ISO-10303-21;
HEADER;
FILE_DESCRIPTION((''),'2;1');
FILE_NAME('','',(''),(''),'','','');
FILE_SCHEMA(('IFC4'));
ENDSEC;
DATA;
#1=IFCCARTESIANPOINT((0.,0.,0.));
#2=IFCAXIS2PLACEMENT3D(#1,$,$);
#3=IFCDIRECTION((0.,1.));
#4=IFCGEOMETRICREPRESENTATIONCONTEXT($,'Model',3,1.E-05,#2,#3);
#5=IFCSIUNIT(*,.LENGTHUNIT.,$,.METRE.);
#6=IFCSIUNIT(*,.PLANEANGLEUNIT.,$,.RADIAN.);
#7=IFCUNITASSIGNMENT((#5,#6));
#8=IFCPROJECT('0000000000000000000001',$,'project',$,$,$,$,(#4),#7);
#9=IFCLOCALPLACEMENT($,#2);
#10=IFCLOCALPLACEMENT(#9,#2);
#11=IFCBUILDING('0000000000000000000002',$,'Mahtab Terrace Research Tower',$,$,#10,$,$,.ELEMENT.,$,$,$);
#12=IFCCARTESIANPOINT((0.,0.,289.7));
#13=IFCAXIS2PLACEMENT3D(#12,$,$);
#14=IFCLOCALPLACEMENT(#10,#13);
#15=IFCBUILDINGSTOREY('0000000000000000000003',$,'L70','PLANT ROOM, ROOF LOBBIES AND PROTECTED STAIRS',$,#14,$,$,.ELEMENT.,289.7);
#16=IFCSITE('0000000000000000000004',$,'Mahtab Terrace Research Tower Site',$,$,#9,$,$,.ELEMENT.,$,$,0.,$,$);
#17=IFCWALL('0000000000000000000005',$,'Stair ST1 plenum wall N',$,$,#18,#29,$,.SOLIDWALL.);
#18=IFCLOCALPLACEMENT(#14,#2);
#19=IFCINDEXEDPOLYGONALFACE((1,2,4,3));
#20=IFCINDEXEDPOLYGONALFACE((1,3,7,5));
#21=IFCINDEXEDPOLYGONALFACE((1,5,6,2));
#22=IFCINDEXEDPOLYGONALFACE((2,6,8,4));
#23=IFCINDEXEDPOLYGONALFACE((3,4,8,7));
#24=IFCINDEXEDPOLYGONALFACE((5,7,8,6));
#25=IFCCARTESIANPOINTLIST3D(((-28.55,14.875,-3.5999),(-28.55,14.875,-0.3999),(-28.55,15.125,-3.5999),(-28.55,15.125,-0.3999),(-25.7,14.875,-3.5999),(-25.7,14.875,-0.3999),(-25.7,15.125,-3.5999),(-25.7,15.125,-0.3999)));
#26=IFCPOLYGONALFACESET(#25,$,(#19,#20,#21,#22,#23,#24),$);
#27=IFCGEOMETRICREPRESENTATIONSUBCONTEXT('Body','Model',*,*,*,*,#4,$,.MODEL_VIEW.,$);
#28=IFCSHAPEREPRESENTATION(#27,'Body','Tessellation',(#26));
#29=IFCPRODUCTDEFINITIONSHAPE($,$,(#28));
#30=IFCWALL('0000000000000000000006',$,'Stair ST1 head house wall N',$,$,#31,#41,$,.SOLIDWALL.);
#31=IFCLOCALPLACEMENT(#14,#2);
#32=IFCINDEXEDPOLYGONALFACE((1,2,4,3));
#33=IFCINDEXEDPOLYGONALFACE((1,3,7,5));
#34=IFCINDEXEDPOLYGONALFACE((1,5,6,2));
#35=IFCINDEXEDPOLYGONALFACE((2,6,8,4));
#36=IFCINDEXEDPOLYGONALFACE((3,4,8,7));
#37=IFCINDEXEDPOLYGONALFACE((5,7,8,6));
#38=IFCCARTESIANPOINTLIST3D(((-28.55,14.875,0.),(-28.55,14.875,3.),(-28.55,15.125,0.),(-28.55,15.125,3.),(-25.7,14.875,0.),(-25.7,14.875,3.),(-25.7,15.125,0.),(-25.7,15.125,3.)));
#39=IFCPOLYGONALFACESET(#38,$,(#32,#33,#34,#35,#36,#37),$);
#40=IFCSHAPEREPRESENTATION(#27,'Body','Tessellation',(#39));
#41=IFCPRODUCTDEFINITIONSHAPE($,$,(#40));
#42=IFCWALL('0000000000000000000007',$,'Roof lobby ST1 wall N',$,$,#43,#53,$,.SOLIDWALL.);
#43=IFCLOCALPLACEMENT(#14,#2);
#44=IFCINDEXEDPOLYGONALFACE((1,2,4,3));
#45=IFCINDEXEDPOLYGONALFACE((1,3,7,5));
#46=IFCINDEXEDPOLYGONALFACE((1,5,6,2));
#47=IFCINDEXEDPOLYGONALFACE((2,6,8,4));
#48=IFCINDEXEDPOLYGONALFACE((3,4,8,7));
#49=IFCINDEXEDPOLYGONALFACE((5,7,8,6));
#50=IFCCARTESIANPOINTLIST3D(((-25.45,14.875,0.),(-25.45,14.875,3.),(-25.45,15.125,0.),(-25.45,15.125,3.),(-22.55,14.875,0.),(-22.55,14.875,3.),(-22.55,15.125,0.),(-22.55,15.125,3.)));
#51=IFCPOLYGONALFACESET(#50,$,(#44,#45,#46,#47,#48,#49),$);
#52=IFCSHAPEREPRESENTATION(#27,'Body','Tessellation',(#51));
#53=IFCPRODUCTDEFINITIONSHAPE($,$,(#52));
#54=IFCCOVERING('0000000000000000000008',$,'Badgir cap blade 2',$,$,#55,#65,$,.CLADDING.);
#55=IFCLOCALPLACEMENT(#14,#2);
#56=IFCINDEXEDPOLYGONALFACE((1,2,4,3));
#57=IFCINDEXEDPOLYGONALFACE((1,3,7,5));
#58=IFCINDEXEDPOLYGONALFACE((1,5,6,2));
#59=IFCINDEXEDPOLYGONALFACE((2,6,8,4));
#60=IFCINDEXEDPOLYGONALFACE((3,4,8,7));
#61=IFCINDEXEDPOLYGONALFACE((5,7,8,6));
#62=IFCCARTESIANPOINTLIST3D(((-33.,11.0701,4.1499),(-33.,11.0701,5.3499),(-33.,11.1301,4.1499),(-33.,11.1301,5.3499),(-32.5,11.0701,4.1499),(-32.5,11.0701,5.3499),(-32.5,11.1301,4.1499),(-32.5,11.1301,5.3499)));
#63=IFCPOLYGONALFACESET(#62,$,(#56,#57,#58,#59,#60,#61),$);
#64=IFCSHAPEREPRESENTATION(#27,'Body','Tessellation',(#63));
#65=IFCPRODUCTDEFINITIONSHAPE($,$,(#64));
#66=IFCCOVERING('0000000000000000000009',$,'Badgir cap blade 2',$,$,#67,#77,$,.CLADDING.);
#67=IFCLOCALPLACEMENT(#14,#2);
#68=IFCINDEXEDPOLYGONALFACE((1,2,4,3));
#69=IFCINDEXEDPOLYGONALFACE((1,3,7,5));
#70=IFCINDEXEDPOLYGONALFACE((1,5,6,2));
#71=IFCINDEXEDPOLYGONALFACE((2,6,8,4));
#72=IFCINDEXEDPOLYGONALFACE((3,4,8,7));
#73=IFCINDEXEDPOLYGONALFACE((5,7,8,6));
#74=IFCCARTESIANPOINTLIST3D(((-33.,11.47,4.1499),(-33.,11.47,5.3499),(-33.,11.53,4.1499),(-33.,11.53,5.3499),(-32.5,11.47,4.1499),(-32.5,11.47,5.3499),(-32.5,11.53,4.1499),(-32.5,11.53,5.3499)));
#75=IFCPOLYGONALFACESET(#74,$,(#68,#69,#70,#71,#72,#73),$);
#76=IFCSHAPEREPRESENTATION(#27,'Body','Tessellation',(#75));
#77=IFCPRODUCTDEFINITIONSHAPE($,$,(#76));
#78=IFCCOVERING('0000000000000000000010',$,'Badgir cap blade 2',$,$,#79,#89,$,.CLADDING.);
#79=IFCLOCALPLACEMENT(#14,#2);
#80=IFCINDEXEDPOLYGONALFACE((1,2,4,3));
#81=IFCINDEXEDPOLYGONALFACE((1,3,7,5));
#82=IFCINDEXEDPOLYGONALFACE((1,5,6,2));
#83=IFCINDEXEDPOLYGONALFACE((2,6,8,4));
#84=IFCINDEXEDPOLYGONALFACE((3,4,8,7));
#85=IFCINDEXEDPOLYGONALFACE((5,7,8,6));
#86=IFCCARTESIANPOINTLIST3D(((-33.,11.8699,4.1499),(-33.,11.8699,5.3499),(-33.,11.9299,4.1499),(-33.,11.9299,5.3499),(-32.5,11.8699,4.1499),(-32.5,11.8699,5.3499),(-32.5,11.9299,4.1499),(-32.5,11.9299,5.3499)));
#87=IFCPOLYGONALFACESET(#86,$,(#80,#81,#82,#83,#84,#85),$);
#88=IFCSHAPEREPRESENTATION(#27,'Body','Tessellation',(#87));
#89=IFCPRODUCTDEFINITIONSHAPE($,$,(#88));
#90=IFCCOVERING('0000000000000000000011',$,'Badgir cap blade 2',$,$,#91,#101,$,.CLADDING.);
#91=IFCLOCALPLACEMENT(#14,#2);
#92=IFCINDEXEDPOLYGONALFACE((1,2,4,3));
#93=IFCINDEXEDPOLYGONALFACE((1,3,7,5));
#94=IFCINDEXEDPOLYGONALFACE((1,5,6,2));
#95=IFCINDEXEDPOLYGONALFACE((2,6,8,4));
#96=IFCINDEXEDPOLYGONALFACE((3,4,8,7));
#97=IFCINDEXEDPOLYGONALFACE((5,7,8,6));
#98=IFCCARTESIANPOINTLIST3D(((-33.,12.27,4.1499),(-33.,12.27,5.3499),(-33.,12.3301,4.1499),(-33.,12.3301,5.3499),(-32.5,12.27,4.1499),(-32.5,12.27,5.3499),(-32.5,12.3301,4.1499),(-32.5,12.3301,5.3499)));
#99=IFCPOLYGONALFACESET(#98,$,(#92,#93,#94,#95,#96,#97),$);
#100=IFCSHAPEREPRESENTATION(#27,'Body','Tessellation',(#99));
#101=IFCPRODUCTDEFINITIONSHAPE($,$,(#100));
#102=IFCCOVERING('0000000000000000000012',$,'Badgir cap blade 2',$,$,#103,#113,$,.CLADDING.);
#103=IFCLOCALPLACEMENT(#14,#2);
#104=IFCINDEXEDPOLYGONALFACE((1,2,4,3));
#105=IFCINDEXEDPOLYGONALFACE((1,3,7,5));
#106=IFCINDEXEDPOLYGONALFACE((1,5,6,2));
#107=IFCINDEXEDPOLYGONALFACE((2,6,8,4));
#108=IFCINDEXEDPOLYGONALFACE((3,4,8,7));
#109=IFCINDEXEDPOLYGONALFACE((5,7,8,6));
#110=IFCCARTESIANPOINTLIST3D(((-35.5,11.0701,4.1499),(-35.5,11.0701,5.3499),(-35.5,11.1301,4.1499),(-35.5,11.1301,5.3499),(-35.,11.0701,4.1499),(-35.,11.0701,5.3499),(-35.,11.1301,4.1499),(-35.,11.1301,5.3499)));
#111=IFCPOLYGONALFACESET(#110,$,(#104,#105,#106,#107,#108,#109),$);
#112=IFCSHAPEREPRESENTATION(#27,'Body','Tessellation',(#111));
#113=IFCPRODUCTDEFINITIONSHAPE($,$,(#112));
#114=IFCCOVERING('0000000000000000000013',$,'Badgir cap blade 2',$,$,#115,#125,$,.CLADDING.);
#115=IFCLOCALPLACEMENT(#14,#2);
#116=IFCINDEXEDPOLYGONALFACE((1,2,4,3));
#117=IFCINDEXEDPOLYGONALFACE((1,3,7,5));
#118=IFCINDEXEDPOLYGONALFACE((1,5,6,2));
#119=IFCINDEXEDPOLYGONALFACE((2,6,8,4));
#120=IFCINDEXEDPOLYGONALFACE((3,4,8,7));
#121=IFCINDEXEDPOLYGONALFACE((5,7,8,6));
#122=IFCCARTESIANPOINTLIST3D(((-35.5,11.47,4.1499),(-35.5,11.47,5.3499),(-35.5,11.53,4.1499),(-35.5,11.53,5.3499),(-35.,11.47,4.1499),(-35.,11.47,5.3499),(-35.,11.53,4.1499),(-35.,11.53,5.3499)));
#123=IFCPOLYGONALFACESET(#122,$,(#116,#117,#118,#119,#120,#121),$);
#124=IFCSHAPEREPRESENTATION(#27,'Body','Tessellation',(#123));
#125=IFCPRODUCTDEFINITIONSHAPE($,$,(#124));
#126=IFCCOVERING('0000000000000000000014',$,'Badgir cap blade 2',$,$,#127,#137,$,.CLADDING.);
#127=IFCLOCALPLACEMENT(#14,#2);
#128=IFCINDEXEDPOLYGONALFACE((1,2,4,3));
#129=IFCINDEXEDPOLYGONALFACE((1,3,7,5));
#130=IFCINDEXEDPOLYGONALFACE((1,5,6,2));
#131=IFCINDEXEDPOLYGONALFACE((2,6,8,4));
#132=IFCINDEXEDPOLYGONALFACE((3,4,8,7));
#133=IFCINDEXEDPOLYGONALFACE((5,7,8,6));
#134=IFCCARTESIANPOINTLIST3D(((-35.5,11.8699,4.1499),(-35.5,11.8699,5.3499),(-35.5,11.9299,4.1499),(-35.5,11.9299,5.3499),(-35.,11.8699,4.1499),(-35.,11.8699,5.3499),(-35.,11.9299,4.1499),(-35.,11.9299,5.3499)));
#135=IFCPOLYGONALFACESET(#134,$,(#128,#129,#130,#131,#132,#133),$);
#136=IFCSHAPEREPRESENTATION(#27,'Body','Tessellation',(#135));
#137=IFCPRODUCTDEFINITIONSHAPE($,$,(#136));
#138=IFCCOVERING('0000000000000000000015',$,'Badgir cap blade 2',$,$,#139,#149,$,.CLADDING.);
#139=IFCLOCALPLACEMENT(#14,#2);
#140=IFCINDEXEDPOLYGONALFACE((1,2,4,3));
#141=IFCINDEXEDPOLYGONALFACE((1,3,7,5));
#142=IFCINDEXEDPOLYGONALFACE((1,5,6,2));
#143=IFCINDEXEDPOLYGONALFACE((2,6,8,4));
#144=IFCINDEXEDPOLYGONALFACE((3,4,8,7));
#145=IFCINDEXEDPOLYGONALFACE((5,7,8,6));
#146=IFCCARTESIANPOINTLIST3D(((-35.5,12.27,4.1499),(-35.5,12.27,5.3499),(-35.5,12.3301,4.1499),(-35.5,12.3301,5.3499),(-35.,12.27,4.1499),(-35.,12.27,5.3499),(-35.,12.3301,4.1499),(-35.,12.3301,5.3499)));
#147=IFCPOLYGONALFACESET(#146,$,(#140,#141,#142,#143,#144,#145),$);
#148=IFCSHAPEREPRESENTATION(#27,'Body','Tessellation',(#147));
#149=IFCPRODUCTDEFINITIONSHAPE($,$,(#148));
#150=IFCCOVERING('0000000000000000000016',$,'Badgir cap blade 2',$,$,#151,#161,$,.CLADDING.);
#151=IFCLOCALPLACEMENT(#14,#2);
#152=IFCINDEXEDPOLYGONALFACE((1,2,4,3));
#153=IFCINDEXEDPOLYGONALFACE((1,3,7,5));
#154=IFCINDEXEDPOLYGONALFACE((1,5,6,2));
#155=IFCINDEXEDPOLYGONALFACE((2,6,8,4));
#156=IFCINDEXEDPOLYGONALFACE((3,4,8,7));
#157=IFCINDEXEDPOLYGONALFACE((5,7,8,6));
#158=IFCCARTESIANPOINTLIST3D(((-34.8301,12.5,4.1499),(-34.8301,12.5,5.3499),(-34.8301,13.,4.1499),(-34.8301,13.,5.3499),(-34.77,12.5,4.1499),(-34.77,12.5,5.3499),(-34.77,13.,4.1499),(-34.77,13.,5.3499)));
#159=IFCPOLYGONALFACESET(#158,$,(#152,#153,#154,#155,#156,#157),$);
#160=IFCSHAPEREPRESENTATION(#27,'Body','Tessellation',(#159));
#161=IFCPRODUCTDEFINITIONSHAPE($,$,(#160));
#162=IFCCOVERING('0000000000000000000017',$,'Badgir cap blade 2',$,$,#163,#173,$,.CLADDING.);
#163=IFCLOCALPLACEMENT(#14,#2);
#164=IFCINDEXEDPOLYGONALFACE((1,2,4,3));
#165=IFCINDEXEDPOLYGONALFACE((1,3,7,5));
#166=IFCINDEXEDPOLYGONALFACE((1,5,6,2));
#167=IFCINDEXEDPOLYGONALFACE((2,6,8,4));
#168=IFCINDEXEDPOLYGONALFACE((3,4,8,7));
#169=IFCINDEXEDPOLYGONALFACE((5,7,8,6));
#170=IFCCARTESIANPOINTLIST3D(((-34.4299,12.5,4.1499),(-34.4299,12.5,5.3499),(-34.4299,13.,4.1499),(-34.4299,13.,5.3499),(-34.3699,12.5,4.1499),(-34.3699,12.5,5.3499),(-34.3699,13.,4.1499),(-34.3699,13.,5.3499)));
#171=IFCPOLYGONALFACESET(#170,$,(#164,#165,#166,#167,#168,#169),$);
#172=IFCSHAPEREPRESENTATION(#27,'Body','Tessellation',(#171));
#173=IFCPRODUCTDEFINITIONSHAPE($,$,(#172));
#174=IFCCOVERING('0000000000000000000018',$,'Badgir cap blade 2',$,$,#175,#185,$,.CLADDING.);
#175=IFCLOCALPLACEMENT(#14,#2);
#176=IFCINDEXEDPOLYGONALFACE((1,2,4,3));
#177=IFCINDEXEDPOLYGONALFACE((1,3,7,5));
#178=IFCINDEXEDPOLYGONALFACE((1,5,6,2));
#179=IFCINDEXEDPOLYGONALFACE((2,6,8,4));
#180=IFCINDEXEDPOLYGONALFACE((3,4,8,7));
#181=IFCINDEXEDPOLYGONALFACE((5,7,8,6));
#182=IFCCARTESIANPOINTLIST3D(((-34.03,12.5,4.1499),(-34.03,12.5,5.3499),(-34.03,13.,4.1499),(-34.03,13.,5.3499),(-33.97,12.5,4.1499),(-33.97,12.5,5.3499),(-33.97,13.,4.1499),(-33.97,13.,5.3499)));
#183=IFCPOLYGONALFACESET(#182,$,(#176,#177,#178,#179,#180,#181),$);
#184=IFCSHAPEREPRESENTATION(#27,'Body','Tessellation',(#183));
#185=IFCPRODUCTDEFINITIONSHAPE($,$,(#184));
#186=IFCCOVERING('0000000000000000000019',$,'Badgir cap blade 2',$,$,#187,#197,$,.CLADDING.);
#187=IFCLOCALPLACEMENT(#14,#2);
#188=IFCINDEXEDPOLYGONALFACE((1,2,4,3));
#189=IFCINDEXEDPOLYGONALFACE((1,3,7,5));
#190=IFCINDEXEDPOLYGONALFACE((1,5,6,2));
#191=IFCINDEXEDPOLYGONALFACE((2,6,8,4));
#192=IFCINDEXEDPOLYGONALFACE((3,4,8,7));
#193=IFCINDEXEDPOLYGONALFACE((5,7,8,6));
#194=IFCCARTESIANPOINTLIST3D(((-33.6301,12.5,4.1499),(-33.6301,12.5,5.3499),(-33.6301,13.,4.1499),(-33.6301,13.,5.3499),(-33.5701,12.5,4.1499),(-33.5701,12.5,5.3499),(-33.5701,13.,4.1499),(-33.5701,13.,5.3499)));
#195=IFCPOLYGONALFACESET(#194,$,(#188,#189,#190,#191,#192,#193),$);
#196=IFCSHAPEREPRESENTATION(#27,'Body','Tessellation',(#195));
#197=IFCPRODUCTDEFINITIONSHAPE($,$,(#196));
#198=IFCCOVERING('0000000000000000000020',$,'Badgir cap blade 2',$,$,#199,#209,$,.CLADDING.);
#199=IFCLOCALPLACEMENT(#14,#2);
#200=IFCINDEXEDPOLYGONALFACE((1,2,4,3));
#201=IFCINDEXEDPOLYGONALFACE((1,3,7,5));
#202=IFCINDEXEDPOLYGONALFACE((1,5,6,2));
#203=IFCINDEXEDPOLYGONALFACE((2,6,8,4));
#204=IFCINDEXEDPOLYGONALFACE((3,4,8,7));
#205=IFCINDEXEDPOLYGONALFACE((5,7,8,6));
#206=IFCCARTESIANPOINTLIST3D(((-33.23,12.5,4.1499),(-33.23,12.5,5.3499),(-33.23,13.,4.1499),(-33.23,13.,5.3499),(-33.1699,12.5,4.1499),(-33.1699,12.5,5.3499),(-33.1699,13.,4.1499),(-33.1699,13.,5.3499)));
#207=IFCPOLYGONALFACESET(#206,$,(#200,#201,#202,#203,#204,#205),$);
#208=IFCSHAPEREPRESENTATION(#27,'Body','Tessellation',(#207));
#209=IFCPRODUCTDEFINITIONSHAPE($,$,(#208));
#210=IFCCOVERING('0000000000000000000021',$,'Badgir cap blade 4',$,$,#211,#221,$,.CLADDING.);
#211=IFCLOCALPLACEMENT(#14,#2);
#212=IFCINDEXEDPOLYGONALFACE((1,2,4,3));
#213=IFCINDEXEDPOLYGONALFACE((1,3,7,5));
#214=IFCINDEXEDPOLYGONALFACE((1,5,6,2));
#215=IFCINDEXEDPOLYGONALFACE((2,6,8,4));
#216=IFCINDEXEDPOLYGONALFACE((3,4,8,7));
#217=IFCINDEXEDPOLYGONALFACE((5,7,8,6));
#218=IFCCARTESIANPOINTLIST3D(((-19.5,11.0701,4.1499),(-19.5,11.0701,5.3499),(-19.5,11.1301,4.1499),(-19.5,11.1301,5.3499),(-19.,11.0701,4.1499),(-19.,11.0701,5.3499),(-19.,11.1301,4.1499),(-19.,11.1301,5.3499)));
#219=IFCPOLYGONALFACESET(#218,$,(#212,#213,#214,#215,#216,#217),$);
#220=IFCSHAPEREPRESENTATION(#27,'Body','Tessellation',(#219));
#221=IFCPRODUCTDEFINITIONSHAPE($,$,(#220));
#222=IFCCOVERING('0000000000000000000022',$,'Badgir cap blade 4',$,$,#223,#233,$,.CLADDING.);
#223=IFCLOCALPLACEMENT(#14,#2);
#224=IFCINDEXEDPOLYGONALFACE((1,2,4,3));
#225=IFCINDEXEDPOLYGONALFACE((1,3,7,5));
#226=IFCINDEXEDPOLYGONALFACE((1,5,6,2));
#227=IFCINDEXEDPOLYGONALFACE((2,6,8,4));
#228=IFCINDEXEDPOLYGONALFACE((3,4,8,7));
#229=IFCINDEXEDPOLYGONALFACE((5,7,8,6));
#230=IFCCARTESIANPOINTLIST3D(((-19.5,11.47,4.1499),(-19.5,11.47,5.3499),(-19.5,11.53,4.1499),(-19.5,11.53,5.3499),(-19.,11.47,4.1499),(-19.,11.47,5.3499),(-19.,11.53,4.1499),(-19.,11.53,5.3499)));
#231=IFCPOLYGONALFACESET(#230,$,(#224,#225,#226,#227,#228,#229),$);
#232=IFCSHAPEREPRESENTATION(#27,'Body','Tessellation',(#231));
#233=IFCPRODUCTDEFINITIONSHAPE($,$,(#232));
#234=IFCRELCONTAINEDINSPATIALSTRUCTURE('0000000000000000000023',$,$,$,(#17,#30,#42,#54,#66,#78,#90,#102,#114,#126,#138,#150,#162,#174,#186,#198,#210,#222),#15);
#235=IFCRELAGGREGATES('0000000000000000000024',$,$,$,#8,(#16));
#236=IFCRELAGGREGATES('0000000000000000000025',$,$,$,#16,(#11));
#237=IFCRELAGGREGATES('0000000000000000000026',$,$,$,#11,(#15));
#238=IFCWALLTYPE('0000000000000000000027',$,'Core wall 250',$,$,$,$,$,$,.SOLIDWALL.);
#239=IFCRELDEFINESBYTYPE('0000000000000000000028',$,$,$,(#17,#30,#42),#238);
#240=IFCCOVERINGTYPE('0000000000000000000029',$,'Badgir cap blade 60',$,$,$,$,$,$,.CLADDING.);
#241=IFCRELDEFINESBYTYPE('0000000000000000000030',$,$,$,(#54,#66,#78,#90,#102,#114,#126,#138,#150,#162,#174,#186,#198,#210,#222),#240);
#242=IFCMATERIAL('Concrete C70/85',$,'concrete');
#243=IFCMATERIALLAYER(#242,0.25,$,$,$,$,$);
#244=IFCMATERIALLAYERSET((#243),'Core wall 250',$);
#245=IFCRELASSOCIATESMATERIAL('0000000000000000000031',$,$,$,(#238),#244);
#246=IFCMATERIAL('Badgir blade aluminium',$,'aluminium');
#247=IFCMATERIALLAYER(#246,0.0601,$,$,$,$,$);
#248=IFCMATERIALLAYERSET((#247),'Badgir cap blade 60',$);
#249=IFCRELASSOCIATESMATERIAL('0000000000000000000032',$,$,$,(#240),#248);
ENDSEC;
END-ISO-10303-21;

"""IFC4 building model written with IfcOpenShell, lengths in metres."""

from ifc_helpers import new_model, si_unit, direction, frame, frame_2d, origin, origin_2d, place, context, subcontext, project, spatial, rectangle, extrude, material, layer, layer_set, type_object, element, save


model = new_model("IFC4")

# Units and contexts
model_context = context("Model", 3, precision=1e-05, world=origin(), true_north=direction((0.0, 1.0)))
body_context = subcontext(model_context, "Body", "Model", "MODEL_VIEW")
ifc_project = project(units=[si_unit("LENGTHUNIT", "METRE"), si_unit("PLANEANGLEUNIT", "RADIAN")], contexts=[model_context])

# Site, building, storey
site_placement = place(None, origin())
site = spatial("IfcSite", under=ifc_project, at=site_placement, Name="Mahtab Terrace Research Tower Site", CompositionType="ELEMENT", RefElevation=0.0)
building_placement = place(site_placement, origin())
building = spatial("IfcBuilding", under=site, at=building_placement, Name="Mahtab Terrace Research Tower", CompositionType="ELEMENT")
storey_placement = place(building_placement, frame((0.0, 0.0, 289.7)))
storey = spatial("IfcBuildingStorey", under=building, at=storey_placement, Name="L70", Description="PLANT ROOM, ROOF LOBBIES AND PROTECTED STAIRS", CompositionType="ELEMENT", Elevation=289.7)

# Walls
ifc_material_1 = material(Name="Concrete C70/85", Category="concrete")
ifc_layer_1 = layer(ifc_material_1, 0.25)
ifc_layer_set_1 = layer_set([ifc_layer_1], Name="Core wall 250")
wall_type = type_object("IfcWallType", Name="Core wall 250", PredefinedType="SOLIDWALL", material=ifc_layer_set_1)
wall_1_placement = place(storey_placement, frame((-28.55, 15.0, -3.5999), z_axis=(0.0, 0.0, 1.0), x_axis=(1.0, 0.0, 0.0)))
element("IfcWall", 1, at=wall_1_placement, inside=storey, type_object=wall_type, Name="Stair ST1 plenum wall N", PredefinedType="SOLIDWALL", context=body_context, shape_type="SweptSolid", body=[
    extrude(rectangle(XDim=2.8501, YDim=0.25, at=frame_2d((1.425, 0.0))), origin(), (0.0, 0.0, 1.0), 3.2),
])
wall_2_placement = place(storey_placement, frame((-28.55, 15.0, 0.0), z_axis=(0.0, 0.0, 1.0), x_axis=(1.0, 0.0, 0.0)))
element("IfcWall", 2, at=wall_2_placement, inside=storey, type_object=wall_type, Name="Stair ST1 head house wall N", PredefinedType="SOLIDWALL", context=body_context, shape_type="SweptSolid", body=[
    extrude(rectangle(XDim=2.8501, YDim=0.25, at=frame_2d((1.425, 0.0))), origin(), (0.0, 0.0, 1.0), 3.0),
])
wall_3_placement = place(storey_placement, frame((-25.45, 15.0, 0.0), z_axis=(0.0, 0.0, 1.0), x_axis=(1.0, 0.0, 0.0)))
element("IfcWall", 3, at=wall_3_placement, inside=storey, type_object=wall_type, Name="Roof lobby ST1 wall N", PredefinedType="SOLIDWALL", context=body_context, shape_type="SweptSolid", body=[
    extrude(rectangle(XDim=2.8999, YDim=0.25, at=frame_2d((1.45, 0.0))), origin(), (0.0, 0.0, 1.0), 3.0),
])

# Coverings
ifc_material_2 = material(Name="Badgir blade aluminium", Category="aluminium")
ifc_layer_2 = layer(ifc_material_2, 0.0601)
ifc_layer_set_2 = layer_set([ifc_layer_2], Name="Badgir cap blade 60")
covering_type_1 = type_object("IfcCoveringType", Name="Badgir cap blade 60", PredefinedType="CLADDING", material=ifc_layer_set_2)
for number, where, z_axis, x_axis, name in (
    (4, (-32.75, 11.1001, 4.1499), (0.0, 0.0, 1.0), (1.0, 0.0, 0.0), "Badgir cap blade 2"),
    (5, (-32.75, 11.5, 4.1499), (0.0, 0.0, 1.0), (1.0, 0.0, 0.0), "Badgir cap blade 2"),
    (6, (-32.75, 11.8999, 4.1499), (0.0, 0.0, 1.0), (1.0, 0.0, 0.0), "Badgir cap blade 2"),
    (7, (-32.75, 12.3, 4.1499), (0.0, 0.0, 1.0), (1.0, 0.0, 0.0), "Badgir cap blade 2"),
    (8, (-35.25, 11.1001, 4.1499), (0.0, 0.0, 1.0), (1.0, 0.0, 0.0), "Badgir cap blade 2"),
    (9, (-35.25, 11.5, 4.1499), (0.0, 0.0, 1.0), (1.0, 0.0, 0.0), "Badgir cap blade 2"),
    (10, (-35.25, 11.8999, 4.1499), (0.0, 0.0, 1.0), (1.0, 0.0, 0.0), "Badgir cap blade 2"),
    (11, (-35.25, 12.3, 4.1499), (0.0, 0.0, 1.0), (1.0, 0.0, 0.0), "Badgir cap blade 2"),
):
    element("IfcCovering", number, at=place(storey_placement, frame(where, z_axis=z_axis, x_axis=x_axis)), inside=storey, type_object=covering_type_1, Name=name, PredefinedType="CLADDING", context=body_context, shape_type="SweptSolid", body=[
        extrude(rectangle(XDim=0.5, YDim=0.0601, at=origin_2d()), origin(), (0.0, 0.0, 1.0), 1.2),
    ])
for number, where, z_axis, x_axis, name in (
    (12, (-34.8, 12.75, 4.1499), (0.0, 0.0, 1.0), (1.0, 0.0, 0.0), "Badgir cap blade 2"),
    (13, (-34.3999, 12.75, 4.1499), (0.0, 0.0, 1.0), (1.0, 0.0, 0.0), "Badgir cap blade 2"),
    (14, (-34.0, 12.75, 4.1499), (0.0, 0.0, 1.0), (1.0, 0.0, 0.0), "Badgir cap blade 2"),
    (15, (-33.6001, 12.75, 4.1499), (0.0, 0.0, 1.0), (1.0, 0.0, 0.0), "Badgir cap blade 2"),
    (16, (-33.2, 12.75, 4.1499), (0.0, 0.0, 1.0), (1.0, 0.0, 0.0), "Badgir cap blade 2"),
):
    element("IfcCovering", number, at=place(storey_placement, frame(where, z_axis=z_axis, x_axis=x_axis)), inside=storey, type_object=covering_type_1, Name=name, PredefinedType="CLADDING", context=body_context, shape_type="SweptSolid", body=[
        extrude(rectangle(XDim=0.0601, YDim=0.5, at=origin_2d()), origin(), (0.0, 0.0, 1.0), 1.2),
    ])
for number, where, z_axis, x_axis, name in (
    (17, (-19.25, 11.1001, 4.1499), (0.0, 0.0, 1.0), (1.0, 0.0, 0.0), "Badgir cap blade 4"),
    (18, (-19.25, 11.5, 4.1499), (0.0, 0.0, 1.0), (1.0, 0.0, 0.0), "Badgir cap blade 4"),
):
    element("IfcCovering", number, at=place(storey_placement, frame(where, z_axis=z_axis, x_axis=x_axis)), inside=storey, type_object=covering_type_1, Name=name, PredefinedType="CLADDING", context=body_context, shape_type="SweptSolid", body=[
        extrude(rectangle(XDim=0.5, YDim=0.0601, at=origin_2d()), origin(), (0.0, 0.0, 1.0), 1.2),
    ])

save(model, "model.ifc")
